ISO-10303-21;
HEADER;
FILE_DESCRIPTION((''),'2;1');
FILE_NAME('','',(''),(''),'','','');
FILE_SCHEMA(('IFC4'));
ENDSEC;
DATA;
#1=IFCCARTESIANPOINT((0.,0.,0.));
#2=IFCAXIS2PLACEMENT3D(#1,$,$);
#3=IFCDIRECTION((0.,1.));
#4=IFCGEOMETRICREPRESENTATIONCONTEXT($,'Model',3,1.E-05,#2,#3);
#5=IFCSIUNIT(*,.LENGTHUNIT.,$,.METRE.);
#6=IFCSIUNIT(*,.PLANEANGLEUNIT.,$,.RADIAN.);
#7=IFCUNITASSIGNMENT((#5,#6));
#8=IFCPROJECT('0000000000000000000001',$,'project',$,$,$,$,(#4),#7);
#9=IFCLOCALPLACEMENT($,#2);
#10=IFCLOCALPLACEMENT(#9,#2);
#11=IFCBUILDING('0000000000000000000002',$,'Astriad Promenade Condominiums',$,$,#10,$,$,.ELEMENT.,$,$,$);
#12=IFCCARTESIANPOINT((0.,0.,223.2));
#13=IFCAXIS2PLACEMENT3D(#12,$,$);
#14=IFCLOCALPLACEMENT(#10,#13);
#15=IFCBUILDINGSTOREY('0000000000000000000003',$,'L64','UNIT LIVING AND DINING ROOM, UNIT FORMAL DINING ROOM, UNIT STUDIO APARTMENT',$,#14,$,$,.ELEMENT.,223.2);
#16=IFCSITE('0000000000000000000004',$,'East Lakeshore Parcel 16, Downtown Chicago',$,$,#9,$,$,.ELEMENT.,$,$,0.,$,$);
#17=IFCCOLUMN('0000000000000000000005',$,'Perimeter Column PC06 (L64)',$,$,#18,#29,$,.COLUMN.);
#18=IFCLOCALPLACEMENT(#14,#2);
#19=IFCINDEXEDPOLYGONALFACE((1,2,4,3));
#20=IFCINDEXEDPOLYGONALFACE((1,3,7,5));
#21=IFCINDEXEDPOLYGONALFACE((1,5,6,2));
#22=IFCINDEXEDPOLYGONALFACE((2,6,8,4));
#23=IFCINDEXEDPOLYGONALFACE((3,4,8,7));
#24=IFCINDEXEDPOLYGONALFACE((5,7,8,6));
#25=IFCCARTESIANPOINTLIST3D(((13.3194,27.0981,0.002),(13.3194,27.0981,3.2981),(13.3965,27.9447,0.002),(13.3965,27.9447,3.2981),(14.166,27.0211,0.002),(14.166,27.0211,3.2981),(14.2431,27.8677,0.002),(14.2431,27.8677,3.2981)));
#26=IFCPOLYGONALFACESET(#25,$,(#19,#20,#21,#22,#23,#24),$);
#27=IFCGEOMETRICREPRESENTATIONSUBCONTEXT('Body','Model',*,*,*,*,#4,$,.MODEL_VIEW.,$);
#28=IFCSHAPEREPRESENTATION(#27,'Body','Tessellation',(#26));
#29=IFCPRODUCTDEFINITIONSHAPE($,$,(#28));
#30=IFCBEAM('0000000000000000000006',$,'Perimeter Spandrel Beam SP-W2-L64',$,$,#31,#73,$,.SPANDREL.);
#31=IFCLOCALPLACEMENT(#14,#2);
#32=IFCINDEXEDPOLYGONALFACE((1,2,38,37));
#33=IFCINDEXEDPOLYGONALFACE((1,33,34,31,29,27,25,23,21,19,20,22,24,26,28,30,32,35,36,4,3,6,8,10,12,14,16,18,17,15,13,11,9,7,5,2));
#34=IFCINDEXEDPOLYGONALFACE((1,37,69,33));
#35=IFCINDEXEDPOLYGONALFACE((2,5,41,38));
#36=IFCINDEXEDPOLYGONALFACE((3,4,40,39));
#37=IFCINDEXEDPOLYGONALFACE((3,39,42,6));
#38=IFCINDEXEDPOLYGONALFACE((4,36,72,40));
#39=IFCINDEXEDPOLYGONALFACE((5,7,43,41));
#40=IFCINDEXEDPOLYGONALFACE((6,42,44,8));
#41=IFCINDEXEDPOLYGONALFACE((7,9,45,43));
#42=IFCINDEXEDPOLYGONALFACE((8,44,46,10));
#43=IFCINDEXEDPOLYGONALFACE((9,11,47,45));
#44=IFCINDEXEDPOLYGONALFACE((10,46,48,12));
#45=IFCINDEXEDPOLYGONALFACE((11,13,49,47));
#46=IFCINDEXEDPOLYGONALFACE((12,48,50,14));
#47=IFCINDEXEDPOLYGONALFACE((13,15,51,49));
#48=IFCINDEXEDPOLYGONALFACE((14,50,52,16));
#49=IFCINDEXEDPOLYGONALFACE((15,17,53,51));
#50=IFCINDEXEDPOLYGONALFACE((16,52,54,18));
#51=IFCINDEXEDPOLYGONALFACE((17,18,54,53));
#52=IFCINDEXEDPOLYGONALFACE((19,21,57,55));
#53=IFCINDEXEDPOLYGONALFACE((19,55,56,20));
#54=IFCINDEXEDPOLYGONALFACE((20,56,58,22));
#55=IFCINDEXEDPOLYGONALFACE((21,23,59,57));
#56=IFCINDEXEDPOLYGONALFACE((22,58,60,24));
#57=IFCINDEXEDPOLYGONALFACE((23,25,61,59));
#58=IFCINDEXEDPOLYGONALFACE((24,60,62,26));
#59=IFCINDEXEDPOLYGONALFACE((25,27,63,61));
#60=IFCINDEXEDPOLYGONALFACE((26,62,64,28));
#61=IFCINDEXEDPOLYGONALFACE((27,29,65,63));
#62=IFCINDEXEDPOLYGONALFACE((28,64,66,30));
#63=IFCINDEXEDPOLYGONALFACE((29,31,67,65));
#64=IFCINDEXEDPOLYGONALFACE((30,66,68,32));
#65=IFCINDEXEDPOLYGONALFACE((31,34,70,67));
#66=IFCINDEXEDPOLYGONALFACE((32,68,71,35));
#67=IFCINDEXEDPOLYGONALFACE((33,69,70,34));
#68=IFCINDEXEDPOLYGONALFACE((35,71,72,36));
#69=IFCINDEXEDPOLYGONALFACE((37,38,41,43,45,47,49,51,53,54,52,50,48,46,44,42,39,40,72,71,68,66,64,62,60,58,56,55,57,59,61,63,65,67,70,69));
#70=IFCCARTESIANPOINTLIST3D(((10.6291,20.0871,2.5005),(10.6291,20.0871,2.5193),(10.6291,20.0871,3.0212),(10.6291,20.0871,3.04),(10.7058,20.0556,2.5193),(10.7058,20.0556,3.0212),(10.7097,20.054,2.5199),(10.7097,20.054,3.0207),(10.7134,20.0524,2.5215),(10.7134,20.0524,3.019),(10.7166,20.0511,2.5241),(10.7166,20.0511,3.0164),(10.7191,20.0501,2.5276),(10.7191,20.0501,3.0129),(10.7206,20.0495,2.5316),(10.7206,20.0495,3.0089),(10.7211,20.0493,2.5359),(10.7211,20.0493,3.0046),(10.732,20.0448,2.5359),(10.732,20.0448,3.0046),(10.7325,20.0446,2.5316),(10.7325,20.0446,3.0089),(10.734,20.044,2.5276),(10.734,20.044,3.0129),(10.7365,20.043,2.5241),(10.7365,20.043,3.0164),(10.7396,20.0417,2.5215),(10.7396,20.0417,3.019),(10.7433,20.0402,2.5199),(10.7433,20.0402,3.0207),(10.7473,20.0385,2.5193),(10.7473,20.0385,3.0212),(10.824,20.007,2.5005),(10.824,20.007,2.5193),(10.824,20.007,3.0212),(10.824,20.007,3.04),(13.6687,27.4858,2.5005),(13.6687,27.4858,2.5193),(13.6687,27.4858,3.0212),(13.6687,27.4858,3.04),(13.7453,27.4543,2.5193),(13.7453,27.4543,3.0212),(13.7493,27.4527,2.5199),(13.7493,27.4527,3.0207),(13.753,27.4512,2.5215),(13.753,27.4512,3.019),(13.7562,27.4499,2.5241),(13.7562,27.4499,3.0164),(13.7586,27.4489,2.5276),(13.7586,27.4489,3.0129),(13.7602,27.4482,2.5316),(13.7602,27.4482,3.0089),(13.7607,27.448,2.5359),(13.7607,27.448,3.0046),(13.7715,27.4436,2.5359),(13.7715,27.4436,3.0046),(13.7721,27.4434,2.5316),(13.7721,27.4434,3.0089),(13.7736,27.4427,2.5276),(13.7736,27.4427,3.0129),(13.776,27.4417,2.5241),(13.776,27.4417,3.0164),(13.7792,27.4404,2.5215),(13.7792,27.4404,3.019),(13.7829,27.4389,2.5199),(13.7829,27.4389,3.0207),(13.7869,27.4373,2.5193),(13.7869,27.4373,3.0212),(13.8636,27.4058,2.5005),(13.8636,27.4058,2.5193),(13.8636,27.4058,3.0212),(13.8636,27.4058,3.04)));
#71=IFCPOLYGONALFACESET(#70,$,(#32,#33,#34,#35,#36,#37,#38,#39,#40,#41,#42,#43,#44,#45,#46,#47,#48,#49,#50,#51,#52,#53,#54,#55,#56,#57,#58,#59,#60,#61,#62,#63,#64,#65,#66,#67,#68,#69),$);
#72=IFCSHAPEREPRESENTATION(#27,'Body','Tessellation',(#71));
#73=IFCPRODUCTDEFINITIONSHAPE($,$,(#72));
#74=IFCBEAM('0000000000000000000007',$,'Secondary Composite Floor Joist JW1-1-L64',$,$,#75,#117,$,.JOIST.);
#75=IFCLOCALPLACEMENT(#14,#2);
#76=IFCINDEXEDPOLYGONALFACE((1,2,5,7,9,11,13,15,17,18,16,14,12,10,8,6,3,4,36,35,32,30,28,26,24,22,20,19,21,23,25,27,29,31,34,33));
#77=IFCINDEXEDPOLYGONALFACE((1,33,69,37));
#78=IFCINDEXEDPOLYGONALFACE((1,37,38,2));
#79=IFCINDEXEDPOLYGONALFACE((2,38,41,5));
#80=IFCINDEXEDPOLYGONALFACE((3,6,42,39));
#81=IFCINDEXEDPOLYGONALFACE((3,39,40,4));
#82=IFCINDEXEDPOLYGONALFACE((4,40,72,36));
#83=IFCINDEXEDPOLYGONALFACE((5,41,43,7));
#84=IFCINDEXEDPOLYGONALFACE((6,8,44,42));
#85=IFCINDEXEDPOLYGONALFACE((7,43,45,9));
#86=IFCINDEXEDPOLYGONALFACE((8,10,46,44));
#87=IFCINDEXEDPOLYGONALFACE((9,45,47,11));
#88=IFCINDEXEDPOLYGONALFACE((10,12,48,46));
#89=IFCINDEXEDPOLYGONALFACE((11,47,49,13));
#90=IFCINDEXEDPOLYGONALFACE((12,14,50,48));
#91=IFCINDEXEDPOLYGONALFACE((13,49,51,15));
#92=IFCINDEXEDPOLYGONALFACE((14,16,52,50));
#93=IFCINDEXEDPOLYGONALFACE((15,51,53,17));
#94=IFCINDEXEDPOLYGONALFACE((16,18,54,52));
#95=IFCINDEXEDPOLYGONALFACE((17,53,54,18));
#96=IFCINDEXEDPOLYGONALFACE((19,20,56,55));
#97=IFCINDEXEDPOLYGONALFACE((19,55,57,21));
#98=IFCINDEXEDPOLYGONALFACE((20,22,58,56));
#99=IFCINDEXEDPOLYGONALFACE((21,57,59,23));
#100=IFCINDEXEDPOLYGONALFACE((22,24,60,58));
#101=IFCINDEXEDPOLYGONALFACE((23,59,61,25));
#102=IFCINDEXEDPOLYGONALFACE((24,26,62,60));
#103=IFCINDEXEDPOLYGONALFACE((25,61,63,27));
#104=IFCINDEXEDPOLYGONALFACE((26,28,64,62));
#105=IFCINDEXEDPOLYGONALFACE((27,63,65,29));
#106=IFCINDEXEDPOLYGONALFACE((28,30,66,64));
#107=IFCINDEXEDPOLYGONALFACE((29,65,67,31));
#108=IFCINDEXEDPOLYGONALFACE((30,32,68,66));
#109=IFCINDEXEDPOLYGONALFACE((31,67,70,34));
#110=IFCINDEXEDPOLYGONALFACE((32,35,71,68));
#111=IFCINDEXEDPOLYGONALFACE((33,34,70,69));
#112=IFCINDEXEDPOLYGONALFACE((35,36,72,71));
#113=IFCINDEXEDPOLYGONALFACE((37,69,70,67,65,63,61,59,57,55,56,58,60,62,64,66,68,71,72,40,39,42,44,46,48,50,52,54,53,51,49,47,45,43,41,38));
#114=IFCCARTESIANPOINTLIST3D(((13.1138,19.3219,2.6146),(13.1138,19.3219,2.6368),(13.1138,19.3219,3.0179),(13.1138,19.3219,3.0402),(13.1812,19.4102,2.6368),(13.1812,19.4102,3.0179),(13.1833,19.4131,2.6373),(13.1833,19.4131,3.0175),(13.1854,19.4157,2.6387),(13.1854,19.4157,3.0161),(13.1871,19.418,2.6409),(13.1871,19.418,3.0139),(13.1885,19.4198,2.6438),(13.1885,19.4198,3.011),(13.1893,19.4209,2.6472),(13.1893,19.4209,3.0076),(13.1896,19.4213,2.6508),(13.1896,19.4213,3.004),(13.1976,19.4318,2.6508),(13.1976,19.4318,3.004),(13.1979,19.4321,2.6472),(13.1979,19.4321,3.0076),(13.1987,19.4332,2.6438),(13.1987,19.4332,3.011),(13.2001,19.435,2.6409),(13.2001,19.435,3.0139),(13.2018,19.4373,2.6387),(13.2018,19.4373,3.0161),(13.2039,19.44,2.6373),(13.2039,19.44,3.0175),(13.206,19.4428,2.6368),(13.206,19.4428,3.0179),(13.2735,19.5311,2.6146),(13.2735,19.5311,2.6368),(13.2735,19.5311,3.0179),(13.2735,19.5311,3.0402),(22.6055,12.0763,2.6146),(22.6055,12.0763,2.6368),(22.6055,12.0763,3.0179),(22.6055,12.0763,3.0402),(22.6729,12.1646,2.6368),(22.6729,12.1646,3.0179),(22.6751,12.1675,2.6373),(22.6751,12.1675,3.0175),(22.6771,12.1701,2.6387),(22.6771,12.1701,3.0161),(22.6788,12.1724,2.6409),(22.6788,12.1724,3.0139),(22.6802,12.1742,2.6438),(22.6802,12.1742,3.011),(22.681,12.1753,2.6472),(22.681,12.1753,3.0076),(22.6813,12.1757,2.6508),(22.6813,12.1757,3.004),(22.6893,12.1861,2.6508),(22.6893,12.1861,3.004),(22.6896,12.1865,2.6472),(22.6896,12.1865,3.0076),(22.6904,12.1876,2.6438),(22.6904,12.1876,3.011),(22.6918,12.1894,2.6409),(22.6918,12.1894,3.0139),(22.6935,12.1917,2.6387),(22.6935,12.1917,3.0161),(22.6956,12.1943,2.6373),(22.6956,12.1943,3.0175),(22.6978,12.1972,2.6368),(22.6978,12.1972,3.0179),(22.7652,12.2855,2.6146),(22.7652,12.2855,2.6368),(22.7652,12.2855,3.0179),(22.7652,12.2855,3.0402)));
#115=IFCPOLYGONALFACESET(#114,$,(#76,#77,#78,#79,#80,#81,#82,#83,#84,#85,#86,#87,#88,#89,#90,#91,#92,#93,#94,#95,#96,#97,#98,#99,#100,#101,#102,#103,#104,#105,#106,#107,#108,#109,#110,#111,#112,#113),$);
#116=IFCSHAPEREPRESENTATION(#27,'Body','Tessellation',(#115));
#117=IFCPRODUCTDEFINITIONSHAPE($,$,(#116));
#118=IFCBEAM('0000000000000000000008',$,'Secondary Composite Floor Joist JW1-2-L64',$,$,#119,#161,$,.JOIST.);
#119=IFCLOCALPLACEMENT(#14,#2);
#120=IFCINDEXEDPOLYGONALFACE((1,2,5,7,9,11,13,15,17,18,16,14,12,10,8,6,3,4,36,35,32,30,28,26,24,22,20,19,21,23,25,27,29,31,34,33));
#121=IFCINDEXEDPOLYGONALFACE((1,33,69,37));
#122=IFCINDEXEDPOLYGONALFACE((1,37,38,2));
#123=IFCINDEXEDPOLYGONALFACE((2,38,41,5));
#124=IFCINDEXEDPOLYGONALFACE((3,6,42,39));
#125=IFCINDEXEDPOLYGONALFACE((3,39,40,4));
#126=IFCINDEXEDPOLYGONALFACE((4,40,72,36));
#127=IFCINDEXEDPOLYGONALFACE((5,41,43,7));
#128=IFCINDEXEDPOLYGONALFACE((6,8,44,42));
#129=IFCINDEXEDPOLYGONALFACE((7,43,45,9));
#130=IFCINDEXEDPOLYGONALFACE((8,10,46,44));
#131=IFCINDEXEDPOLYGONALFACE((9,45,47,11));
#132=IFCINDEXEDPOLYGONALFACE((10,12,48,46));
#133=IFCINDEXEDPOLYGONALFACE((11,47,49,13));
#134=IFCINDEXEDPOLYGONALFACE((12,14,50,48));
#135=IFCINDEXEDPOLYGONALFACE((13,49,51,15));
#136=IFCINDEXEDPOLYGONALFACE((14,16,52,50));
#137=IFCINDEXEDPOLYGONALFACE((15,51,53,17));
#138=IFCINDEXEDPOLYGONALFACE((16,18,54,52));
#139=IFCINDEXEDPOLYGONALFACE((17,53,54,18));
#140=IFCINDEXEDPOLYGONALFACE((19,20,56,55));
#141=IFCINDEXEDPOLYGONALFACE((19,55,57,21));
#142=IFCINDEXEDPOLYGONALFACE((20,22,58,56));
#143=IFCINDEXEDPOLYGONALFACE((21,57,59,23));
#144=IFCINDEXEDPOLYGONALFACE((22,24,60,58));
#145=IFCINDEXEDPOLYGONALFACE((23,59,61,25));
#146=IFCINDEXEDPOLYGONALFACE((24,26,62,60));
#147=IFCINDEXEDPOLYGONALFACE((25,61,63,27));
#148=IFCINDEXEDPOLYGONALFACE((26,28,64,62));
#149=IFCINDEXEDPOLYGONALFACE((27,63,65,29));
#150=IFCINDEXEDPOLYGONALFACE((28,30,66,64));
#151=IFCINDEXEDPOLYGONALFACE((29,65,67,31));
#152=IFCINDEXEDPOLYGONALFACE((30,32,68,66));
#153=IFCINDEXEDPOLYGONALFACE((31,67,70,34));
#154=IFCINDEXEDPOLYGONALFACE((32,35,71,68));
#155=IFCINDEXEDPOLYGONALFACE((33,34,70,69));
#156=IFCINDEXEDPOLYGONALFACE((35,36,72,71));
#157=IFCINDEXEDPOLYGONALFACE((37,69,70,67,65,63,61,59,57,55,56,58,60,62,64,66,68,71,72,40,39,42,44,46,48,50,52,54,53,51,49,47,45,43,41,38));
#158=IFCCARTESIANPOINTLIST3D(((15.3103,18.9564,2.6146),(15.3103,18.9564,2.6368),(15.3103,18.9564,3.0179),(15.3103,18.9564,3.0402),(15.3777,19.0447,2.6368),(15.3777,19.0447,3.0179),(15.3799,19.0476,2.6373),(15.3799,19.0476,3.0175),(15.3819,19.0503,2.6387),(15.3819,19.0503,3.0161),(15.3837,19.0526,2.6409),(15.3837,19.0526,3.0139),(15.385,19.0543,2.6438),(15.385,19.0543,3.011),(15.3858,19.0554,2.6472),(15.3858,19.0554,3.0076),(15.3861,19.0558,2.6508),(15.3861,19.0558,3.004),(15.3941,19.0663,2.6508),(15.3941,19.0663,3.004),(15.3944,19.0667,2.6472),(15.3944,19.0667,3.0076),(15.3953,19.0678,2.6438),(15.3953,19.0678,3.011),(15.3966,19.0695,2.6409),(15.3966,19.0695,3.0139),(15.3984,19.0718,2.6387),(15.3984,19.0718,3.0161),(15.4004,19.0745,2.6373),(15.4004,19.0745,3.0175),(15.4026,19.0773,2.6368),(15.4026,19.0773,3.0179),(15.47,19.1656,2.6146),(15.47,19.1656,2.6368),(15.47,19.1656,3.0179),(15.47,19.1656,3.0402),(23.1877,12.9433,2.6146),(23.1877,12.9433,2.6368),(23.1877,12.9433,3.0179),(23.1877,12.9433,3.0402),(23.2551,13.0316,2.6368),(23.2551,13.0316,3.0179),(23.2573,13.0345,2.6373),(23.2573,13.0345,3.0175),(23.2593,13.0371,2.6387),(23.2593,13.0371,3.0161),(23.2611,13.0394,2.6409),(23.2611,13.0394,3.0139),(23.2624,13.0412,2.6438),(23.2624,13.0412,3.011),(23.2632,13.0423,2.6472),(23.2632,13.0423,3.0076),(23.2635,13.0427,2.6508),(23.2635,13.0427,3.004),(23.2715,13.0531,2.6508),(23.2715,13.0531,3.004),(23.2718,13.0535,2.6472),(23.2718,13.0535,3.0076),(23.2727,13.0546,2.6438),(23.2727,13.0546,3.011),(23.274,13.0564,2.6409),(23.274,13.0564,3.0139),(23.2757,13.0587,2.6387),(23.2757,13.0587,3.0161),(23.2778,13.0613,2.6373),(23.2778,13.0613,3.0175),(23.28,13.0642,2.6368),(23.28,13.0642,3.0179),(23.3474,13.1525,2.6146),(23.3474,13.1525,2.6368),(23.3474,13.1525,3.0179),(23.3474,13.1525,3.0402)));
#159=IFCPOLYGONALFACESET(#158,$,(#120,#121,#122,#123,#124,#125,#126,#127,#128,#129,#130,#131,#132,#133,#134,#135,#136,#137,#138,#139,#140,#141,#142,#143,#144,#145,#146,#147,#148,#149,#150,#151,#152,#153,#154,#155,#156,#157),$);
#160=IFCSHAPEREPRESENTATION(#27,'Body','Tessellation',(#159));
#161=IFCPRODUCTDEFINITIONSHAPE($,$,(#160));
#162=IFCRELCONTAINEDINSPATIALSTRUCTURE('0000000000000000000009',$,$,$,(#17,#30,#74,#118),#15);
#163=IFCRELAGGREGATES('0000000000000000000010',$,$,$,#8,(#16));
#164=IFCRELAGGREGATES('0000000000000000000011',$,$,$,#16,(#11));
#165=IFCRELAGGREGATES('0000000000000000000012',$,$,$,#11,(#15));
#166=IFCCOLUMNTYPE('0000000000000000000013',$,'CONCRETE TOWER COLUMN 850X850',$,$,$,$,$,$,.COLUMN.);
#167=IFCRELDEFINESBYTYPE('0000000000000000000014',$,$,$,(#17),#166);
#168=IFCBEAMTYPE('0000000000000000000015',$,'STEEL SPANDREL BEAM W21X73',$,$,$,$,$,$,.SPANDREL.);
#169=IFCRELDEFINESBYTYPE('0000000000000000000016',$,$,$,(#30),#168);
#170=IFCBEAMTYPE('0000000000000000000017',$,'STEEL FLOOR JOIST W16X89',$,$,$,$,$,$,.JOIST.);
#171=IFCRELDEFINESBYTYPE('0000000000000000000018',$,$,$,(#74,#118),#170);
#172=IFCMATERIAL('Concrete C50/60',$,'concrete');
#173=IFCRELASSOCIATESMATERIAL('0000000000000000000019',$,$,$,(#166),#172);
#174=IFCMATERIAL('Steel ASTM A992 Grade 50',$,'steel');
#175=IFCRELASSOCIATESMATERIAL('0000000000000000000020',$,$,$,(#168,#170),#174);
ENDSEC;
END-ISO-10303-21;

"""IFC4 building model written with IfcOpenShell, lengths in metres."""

from ifc_helpers import new_model, si_unit, direction, frame, origin, origin_2d, place, context, subcontext, project, spatial, rectangle, i_section, extrude, source, transform, mapped, material, material_profile, profile_set, type_object, type_shapes, element, save


model = new_model("IFC4")

# Units and contexts
model_context = context("Model", 3, precision=1e-05, world=origin(), true_north=direction((0.0, 1.0)))
body_context = subcontext(model_context, "Body", "Model", "MODEL_VIEW")
ifc_project = project(units=[si_unit("LENGTHUNIT", "METRE"), si_unit("PLANEANGLEUNIT", "RADIAN")], contexts=[model_context])

# Site, building, storey
site_placement = place(None, origin())
site = spatial("IfcSite", under=ifc_project, at=site_placement, Name="East Lakeshore Parcel 16, Downtown Chicago", CompositionType="ELEMENT", RefElevation=0.0)
building_placement = place(site_placement, origin())
building = spatial("IfcBuilding", under=site, at=building_placement, Name="Astriad Promenade Condominiums", CompositionType="ELEMENT")
storey_placement = place(building_placement, frame((0.0, 0.0, 223.2)))
storey = spatial("IfcBuildingStorey", under=building, at=storey_placement, Name="L64", Description="UNIT LIVING AND DINING ROOM, UNIT FORMAL DINING ROOM, UNIT STUDIO APARTMENT", CompositionType="ELEMENT", Elevation=223.2)

# Column
ifc_material_1 = material(Name="Concrete C50/60", Category="concrete")
ifc_material_profile_1 = material_profile(ifc_material_1, rectangle(XDim=0.8501, YDim=0.8501, at=origin_2d()), Name="RC-COL-850X850")
ifc_profile_set_1 = profile_set([ifc_material_profile_1], Name="Concrete C50/60")
column_type = type_object("IfcColumnType", Name="CONCRETE TOWER COLUMN 850X850", PredefinedType="COLUMN", material=ifc_profile_set_1)
shared_shape_1 = source(origin(), body_context, "Body", "SweptSolid", [
    extrude(rectangle(XDim=0.8501, YDim=0.8501, at=origin_2d()), origin(), (0.0, 0.0, 1.0), 3.2961),
])
type_shapes(column_type, [shared_shape_1])
column_placement = place(storey_placement, frame((13.7812, 27.4829, 0.002), z_axis=(0.0, 0.0, 1.0), x_axis=(0.995884, -0.090633, 0.0)))
element("IfcColumn", 1, at=column_placement, inside=storey, type_object=column_type, Name="Perimeter Column PC06 (L64)", PredefinedType="COLUMN", context=body_context, shape_type="MappedRepresentation", body=[
    mapped(shared_shape_1, transform((0.0, 0.0, 0.0), scale=1.0)),
])

# Beams
ifc_material_2 = material(Name="Steel ASTM A992 Grade 50", Category="steel")
ifc_material_profile_2 = material_profile(ifc_material_2, i_section(OverallWidth=0.2107, OverallDepth=0.5396, WebThickness=0.0117, FlangeThickness=0.0188, FilletRadius=0.0166, at=origin_2d()), Name="W21X73")
ifc_profile_set_2 = profile_set([ifc_material_profile_2], Name="Steel ASTM A992 Grade 50")
beam_type_1 = type_object("IfcBeamType", Name="STEEL SPANDREL BEAM W21X73", PredefinedType="SPANDREL", material=ifc_profile_set_2)
shared_shape_2 = source(origin(), body_context, "Body", "SweptSolid", [
    extrude(i_section(OverallWidth=0.2107, OverallDepth=0.5396, WebThickness=0.0117, FlangeThickness=0.0188, FilletRadius=0.0166, at=origin_2d()), origin(), (0.0, 0.0, 1.0), 7.9988),
])
type_shapes(beam_type_1, [shared_shape_2])
beam_1_placement = place(storey_placement, frame((13.7661, 27.4458, 2.7703), z_axis=(-0.380005, -0.924984, 0.0), x_axis=(0.924984, -0.380005, 0.0)))
element("IfcBeam", 2, at=beam_1_placement, inside=storey, type_object=beam_type_1, Name="Perimeter Spandrel Beam SP-W2-L64", PredefinedType="SPANDREL", context=body_context, shape_type="MappedRepresentation", body=[
    mapped(shared_shape_2, transform((0.0, 0.0, 0.0), scale=1.0)),
])
ifc_material_profile_3 = material_profile(ifc_material_2, i_section(OverallWidth=0.2632, OverallDepth=0.4255, WebThickness=0.0132, FlangeThickness=0.0222, FilletRadius=0.0139, at=origin_2d()), Name="W16X89")
ifc_profile_set_3 = profile_set([ifc_material_profile_3], Name="Steel ASTM A992 Grade 50")
beam_type_2 = type_object("IfcBeamType", Name="STEEL FLOOR JOIST W16X89", PredefinedType="JOIST", material=ifc_profile_set_3)
shared_shape_3 = source(origin(), body_context, "Body", "SweptSolid", [
    extrude(i_section(OverallWidth=0.2632, OverallDepth=0.4255, WebThickness=0.0132, FlangeThickness=0.0222, FilletRadius=0.0139, at=origin_2d()), origin(), (0.0, 0.0, 1.0), 11.9412),
])
beam_2_placement = place(storey_placement, frame((13.1936, 19.4265, 2.8274), z_axis=(0.794873, -0.606776, 0.0), x_axis=(0.606776, 0.794873, 0.0)))
element("IfcBeam", 3, at=beam_2_placement, inside=storey, type_object=beam_type_2, Name="Secondary Composite Floor Joist JW1-1-L64", PredefinedType="JOIST", context=body_context, shape_type="MappedRepresentation", body=[
    mapped(shared_shape_3, transform((0.0, 0.0, 0.0), scale=1.0)),
])
shared_shape_4 = source(origin(), body_context, "Body", "SweptSolid", [
    extrude(i_section(OverallWidth=0.2632, OverallDepth=0.4255, WebThickness=0.0132, FlangeThickness=0.0222, FilletRadius=0.0139, at=origin_2d()), origin(), (0.0, 0.0, 1.0), 9.9102),
])
beam_3_placement = place(storey_placement, frame((15.3901, 19.061, 2.8274), z_axis=(0.794881, -0.606766, 0.0), x_axis=(0.606766, 0.794881, 0.0)))
element("IfcBeam", 4, at=beam_3_placement, inside=storey, type_object=beam_type_2, Name="Secondary Composite Floor Joist JW1-2-L64", PredefinedType="JOIST", context=body_context, shape_type="MappedRepresentation", body=[
    mapped(shared_shape_4, transform((0.0, 0.0, 0.0), scale=1.0)),
])

save(model, "model.ifc")
